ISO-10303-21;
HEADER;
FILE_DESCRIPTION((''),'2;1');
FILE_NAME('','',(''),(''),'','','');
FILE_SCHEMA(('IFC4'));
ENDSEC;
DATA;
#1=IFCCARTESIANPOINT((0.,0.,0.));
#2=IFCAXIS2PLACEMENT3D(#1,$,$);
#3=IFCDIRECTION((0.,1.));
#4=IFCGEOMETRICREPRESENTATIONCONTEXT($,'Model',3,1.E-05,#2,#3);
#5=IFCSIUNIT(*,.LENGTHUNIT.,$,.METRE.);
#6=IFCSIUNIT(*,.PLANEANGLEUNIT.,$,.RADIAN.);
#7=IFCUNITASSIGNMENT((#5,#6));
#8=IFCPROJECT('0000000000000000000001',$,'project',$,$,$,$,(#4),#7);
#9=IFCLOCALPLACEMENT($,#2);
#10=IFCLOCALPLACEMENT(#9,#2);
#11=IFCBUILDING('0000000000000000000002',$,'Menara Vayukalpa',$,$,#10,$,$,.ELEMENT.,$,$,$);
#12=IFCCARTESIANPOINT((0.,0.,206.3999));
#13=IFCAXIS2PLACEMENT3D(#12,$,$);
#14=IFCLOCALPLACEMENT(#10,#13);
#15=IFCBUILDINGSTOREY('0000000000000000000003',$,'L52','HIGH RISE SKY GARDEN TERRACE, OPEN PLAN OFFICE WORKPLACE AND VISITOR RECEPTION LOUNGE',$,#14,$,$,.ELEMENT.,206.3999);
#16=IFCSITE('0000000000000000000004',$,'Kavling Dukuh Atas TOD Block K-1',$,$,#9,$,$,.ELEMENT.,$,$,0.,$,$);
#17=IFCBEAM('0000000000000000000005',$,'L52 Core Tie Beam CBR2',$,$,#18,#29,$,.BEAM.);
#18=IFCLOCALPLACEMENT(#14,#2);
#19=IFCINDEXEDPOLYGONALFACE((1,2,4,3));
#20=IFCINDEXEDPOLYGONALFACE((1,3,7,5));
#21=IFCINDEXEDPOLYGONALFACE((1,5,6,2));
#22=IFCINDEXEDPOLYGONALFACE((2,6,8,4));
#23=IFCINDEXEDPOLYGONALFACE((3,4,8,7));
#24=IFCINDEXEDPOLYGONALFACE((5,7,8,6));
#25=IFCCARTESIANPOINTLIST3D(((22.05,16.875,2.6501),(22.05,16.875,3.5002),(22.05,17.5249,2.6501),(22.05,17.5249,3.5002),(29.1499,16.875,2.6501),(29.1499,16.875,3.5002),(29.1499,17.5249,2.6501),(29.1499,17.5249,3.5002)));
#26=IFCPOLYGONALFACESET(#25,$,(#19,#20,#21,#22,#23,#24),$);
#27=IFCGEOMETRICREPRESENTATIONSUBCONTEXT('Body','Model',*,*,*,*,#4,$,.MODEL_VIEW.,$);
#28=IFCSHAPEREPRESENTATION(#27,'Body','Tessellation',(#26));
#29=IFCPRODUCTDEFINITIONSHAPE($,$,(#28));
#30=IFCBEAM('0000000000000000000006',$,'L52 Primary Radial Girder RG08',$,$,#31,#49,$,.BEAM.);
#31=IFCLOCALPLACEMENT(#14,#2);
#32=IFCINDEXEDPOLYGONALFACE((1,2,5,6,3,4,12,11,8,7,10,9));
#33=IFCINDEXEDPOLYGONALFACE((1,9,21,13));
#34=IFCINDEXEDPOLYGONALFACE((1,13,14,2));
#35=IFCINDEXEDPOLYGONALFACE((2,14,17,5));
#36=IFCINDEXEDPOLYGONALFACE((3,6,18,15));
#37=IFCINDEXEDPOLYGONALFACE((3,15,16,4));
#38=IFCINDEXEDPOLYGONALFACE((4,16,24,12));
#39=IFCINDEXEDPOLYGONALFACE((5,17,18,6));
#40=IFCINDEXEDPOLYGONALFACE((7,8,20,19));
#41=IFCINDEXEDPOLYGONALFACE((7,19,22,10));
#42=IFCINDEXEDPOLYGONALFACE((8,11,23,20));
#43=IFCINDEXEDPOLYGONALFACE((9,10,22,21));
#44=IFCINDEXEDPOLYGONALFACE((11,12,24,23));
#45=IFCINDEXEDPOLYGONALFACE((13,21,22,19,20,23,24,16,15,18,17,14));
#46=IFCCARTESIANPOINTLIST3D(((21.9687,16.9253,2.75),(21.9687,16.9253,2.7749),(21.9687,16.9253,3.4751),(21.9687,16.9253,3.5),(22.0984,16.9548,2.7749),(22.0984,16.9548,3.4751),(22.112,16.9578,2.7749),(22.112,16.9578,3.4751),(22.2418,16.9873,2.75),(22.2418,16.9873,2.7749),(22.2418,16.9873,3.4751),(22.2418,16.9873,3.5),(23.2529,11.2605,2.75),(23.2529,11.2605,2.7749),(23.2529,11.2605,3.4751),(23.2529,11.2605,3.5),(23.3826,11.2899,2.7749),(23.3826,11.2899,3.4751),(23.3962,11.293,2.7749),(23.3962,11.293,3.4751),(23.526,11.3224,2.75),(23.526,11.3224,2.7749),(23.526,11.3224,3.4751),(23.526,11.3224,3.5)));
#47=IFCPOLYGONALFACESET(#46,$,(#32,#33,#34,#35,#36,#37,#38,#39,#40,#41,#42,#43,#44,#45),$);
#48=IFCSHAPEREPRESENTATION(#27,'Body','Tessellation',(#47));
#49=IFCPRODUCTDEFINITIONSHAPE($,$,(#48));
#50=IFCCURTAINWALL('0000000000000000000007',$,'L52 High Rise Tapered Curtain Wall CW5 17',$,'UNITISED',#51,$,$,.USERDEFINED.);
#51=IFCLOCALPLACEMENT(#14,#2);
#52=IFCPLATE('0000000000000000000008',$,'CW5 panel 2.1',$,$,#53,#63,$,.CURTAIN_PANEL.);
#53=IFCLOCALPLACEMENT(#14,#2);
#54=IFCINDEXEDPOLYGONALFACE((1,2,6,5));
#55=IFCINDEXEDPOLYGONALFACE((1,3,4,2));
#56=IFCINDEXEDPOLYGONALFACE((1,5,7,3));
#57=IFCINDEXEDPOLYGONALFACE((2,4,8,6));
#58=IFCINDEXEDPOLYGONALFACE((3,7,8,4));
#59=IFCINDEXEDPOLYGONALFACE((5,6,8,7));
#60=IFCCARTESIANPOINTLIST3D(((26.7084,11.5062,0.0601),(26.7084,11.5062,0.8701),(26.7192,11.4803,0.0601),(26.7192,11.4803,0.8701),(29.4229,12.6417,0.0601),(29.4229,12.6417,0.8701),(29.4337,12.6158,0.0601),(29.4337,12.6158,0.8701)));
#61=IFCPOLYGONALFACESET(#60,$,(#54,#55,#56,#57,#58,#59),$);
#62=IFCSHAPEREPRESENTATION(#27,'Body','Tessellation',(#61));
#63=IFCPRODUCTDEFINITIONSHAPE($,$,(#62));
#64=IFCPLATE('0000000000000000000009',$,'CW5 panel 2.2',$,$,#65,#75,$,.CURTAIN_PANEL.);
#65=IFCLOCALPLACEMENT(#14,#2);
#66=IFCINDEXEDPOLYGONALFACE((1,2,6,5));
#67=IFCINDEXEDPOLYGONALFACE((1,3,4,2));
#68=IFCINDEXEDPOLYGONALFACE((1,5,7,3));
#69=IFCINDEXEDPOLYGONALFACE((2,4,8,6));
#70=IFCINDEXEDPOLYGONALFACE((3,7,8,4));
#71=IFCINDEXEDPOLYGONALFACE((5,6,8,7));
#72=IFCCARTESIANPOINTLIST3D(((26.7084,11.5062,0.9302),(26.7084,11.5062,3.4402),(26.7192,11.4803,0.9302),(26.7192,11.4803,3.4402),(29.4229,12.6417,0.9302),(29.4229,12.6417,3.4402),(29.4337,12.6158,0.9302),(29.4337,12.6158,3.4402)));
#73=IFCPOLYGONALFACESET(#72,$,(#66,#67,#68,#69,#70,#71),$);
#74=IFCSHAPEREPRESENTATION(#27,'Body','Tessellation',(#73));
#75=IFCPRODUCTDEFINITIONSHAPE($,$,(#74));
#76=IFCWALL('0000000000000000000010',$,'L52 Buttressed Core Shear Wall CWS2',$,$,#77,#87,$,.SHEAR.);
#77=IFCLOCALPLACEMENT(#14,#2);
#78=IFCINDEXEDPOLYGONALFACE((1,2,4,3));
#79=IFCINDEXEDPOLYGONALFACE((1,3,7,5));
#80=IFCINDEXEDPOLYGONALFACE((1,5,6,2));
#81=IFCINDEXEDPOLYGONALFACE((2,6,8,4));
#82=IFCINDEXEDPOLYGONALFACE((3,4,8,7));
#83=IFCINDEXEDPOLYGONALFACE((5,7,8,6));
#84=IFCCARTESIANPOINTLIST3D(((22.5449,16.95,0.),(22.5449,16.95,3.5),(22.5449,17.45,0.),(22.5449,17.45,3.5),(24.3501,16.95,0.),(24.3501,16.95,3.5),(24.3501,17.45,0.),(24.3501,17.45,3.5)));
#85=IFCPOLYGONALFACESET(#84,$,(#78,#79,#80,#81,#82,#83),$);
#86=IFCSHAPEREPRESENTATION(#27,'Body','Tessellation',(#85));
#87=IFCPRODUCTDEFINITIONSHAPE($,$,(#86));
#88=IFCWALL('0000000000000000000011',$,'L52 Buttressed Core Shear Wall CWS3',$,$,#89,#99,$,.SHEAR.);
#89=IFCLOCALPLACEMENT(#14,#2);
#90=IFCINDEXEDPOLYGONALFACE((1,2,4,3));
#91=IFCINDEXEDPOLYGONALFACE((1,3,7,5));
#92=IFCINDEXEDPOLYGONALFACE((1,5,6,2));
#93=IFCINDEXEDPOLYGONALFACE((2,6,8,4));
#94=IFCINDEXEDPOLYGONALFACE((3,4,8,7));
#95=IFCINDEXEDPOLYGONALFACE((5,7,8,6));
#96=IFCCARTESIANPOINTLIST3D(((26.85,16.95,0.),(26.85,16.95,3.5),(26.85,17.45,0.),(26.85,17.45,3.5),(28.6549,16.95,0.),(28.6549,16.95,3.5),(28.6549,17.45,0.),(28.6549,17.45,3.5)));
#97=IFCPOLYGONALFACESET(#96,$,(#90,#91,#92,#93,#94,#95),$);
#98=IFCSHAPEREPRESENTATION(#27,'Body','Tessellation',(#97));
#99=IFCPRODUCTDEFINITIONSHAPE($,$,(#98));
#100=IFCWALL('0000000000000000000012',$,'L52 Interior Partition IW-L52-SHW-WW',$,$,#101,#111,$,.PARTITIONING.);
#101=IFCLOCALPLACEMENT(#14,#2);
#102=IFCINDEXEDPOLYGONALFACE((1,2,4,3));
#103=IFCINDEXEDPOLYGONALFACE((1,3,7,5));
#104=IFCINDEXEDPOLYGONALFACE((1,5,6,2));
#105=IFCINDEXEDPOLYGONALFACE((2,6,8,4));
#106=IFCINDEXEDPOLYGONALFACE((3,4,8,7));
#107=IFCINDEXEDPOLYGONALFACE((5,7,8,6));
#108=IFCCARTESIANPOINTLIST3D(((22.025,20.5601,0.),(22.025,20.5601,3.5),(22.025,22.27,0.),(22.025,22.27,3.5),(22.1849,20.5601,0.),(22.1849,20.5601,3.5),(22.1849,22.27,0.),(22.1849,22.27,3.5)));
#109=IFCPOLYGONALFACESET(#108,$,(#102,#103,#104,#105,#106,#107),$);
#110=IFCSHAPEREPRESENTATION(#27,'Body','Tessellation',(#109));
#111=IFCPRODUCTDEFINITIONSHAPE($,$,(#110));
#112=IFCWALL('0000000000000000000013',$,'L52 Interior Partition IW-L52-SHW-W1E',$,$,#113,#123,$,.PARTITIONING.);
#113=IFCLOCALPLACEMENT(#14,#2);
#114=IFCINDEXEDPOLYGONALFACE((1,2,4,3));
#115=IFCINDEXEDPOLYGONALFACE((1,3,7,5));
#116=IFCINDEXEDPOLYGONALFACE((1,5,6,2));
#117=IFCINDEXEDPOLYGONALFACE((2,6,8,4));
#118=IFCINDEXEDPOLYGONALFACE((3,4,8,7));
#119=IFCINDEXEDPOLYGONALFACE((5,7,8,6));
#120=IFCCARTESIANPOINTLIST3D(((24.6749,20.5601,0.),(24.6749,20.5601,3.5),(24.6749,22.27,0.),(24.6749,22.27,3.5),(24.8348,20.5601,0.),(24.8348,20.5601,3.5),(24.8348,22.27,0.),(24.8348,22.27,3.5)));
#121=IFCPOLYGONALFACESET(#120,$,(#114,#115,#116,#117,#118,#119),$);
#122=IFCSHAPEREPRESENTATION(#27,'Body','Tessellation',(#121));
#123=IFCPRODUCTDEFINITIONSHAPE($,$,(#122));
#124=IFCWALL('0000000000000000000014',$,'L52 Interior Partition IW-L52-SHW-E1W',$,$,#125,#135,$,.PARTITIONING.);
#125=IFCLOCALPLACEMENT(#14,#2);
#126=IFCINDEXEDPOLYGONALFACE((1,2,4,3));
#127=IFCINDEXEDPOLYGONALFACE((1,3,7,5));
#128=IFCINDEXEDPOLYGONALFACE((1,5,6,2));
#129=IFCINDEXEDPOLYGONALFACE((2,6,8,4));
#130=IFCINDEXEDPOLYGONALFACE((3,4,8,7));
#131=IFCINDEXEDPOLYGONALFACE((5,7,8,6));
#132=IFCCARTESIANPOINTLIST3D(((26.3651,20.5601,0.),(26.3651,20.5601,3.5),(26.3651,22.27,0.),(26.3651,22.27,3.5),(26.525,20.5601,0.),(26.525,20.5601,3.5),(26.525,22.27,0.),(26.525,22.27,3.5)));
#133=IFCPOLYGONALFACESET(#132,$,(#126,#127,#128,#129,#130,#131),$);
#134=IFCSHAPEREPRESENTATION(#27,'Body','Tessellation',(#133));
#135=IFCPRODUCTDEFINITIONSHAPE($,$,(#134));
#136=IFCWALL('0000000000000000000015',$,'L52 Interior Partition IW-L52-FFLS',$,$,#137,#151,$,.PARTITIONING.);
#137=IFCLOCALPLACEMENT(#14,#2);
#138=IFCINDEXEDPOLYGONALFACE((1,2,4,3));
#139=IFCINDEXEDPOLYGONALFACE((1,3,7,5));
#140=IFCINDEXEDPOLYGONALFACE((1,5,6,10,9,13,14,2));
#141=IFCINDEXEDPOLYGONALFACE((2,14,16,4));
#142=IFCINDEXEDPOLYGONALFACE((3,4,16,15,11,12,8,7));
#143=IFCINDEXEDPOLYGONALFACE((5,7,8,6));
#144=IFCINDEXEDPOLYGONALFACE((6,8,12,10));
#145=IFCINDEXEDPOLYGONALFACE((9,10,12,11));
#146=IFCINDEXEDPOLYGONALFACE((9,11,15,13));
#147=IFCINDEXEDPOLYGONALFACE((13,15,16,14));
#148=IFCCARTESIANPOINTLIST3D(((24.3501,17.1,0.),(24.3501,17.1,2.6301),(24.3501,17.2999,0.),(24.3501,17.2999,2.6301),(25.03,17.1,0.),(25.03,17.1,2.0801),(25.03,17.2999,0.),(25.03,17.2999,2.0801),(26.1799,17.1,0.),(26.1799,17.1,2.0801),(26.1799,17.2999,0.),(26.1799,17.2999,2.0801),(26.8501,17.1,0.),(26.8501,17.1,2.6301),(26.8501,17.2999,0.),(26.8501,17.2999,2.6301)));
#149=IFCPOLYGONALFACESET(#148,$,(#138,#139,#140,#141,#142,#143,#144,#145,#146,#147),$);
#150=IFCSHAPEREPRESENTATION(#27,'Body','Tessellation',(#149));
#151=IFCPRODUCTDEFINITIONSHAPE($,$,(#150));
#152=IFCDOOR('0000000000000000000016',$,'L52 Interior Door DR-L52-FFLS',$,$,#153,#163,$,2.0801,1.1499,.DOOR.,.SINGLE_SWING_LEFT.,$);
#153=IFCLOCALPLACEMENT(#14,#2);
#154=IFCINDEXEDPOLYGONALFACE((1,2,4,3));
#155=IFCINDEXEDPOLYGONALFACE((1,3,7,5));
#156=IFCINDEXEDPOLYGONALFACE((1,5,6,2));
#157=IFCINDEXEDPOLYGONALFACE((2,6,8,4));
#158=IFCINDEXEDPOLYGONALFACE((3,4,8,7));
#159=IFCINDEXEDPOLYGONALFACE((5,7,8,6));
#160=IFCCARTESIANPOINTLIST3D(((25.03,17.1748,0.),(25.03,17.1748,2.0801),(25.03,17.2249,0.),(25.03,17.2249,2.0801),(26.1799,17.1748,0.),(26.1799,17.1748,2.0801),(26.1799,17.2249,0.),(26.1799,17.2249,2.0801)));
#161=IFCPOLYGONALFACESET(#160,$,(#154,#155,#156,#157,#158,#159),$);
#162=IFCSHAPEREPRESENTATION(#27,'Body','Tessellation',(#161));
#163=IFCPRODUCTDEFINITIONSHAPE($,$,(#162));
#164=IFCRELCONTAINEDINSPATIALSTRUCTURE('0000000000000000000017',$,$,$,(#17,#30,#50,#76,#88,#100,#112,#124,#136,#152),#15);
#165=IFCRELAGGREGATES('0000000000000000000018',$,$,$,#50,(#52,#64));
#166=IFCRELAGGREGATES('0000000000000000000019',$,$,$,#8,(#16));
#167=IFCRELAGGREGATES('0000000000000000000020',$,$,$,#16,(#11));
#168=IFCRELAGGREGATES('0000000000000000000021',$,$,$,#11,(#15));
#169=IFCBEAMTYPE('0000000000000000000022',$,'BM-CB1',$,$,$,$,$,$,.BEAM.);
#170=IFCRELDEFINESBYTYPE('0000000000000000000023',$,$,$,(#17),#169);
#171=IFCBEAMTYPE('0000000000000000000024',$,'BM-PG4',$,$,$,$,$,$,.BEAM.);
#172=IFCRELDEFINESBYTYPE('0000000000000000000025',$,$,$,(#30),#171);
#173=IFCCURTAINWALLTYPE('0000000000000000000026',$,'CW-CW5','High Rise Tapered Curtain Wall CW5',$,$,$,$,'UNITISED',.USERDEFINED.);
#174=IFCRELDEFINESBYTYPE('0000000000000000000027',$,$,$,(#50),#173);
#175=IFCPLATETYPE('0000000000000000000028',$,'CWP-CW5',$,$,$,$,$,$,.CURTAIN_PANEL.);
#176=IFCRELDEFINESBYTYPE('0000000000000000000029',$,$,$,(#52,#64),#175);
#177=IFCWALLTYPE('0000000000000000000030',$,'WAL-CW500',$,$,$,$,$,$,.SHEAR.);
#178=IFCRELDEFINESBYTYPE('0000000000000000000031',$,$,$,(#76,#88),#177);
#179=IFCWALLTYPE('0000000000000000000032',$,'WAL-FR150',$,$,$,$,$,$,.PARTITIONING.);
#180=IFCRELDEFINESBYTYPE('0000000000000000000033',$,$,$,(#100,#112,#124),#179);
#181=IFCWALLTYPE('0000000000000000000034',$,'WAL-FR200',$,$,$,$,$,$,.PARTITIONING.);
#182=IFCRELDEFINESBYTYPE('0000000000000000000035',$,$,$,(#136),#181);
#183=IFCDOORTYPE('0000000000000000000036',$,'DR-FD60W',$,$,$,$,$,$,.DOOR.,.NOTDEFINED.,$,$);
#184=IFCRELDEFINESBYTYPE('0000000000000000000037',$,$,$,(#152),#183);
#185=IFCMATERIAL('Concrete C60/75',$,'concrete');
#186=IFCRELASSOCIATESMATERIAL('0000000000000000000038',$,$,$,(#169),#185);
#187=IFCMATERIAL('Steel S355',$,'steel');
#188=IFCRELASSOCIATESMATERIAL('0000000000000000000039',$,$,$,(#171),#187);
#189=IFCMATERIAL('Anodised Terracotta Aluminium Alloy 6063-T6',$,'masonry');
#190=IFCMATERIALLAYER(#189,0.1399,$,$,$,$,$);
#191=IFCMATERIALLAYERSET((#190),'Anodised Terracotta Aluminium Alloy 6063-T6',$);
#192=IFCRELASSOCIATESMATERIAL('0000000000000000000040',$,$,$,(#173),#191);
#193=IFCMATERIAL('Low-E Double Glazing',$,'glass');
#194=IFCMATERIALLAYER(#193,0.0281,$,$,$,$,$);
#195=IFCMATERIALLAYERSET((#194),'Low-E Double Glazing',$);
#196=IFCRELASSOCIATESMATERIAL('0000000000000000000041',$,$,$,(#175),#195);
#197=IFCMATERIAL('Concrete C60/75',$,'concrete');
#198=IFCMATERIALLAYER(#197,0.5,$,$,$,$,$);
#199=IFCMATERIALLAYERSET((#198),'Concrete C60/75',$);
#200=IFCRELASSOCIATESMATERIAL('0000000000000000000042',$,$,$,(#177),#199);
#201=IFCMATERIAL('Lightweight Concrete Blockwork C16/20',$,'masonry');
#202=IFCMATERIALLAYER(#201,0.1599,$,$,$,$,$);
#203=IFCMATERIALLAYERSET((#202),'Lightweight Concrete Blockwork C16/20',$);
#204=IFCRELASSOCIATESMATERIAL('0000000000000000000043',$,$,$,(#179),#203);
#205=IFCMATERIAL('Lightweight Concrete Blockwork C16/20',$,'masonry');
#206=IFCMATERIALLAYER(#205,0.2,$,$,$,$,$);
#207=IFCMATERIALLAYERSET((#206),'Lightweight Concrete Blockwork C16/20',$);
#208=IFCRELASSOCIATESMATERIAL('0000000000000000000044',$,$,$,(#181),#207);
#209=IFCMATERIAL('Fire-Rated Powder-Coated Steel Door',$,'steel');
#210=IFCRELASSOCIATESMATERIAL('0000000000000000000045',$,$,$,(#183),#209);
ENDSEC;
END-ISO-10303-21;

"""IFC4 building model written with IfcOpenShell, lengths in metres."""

from ifc_helpers import new_model, si_unit, direction, frame, frame_2d, origin, origin_2d, place, context, subcontext, project, spatial, rectangle, i_section, extrude, material, layer, layer_set, material_profile, profile_set, type_object, element, fill, aggregate, save


model = new_model("IFC4")

# Units and contexts
model_context = context("Model", 3, precision=1e-05, world=origin(), true_north=direction((0.0, 1.0)))
body_context = subcontext(model_context, "Body", "Model", "MODEL_VIEW")
ifc_project = project(units=[si_unit("LENGTHUNIT", "METRE"), si_unit("PLANEANGLEUNIT", "RADIAN")], contexts=[model_context])

# Site, building, storey
site_placement = place(None, origin())
site = spatial("IfcSite", under=ifc_project, at=site_placement, Name="Kavling Dukuh Atas TOD Block K-1", CompositionType="ELEMENT", RefElevation=0.0)
building_placement = place(site_placement, origin())
building = spatial("IfcBuilding", under=site, at=building_placement, Name="Menara Vayukalpa", CompositionType="ELEMENT")
storey_placement = place(building_placement, frame((0.0, 0.0, 206.3999)))
storey = spatial("IfcBuildingStorey", under=building, at=storey_placement, Name="L52", Description="HIGH RISE SKY GARDEN TERRACE, OPEN PLAN OFFICE WORKPLACE AND VISITOR RECEPTION LOUNGE", CompositionType="ELEMENT", Elevation=206.3999)

# Beams
ifc_material_1 = material(Name="Concrete C60/75", Category="concrete")
ifc_material_profile_1 = material_profile(ifc_material_1, rectangle(XDim=0.6499, YDim=0.8501, at=origin_2d()), Name="RC 650x850")
ifc_profile_set_1 = profile_set([ifc_material_profile_1], Name="Concrete C60/75")
beam_type_1 = type_object("IfcBeamType", Name="BM-CB1", PredefinedType="BEAM", material=ifc_profile_set_1)
beam_1_placement = place(storey_placement, frame((22.05, 17.2, 3.0752), z_axis=(1.0, 0.0, 0.0), x_axis=(0.0, 1.0, 0.0)))
element("IfcBeam", 1, at=beam_1_placement, inside=storey, type_object=beam_type_1, Name="L52 Core Tie Beam CBR2", PredefinedType="BEAM", context=body_context, shape_type="SweptSolid", body=[
    extrude(rectangle(XDim=0.6499, YDim=0.8501, at=origin_2d()), origin(), (0.0, 0.0, 1.0), 7.0999),
])
ifc_material_2 = material(Name="Steel S355", Category="steel")
ifc_material_profile_2 = material_profile(ifc_material_2, i_section(OverallWidth=0.28, OverallDepth=0.75, WebThickness=0.0139, FlangeThickness=0.0249, at=origin_2d()), Name="WF 750x280x14x25")
ifc_profile_set_2 = profile_set([ifc_material_profile_2], Name="Steel S355")
beam_type_2 = type_object("IfcBeamType", Name="BM-PG4", PredefinedType="BEAM", material=ifc_profile_set_2)
beam_2_placement = place(storey_placement, frame((22.1052, 16.9563, 3.125), z_axis=(0.221085, -0.975255, 0.0), x_axis=(0.975255, 0.221085, 0.0)))
element("IfcBeam", 2, at=beam_2_placement, inside=storey, type_object=beam_type_2, Name="L52 Primary Radial Girder RG08", PredefinedType="BEAM", context=body_context, shape_type="SweptSolid", body=[
    extrude(i_section(OverallWidth=0.28, OverallDepth=0.75, WebThickness=0.0139, FlangeThickness=0.0249, at=origin_2d()), origin(), (0.0, 0.0, 1.0), 5.8086),
])

# Curtain wall, plates
ifc_material_3 = material(Name="Anodised Terracotta Aluminium Alloy 6063-T6", Category="masonry")
ifc_layer_1 = layer(ifc_material_3, 0.1399)
ifc_layer_set_1 = layer_set([ifc_layer_1], Name="Anodised Terracotta Aluminium Alloy 6063-T6")
curtain_wall_type = type_object("IfcCurtainWallType", Name="CW-CW5", Description="High Rise Tapered Curtain Wall CW5", ElementType="UNITISED", PredefinedType="USERDEFINED", material=ifc_layer_set_1)
curtain_wall_placement = place(storey_placement, origin())
curtain_wall = element("IfcCurtainWall", 3, at=curtain_wall_placement, inside=storey, type_object=curtain_wall_type, Name="L52 High Rise Tapered Curtain Wall CW5 17", ObjectType="UNITISED", PredefinedType="USERDEFINED")
ifc_material_4 = material(Name="Low-E Double Glazing", Category="glass")
ifc_layer_2 = layer(ifc_material_4, 0.0281)
ifc_layer_set_2 = layer_set([ifc_layer_2], Name="Low-E Double Glazing")
plate_type = type_object("IfcPlateType", Name="CWP-CW5", PredefinedType="CURTAIN_PANEL", material=ifc_layer_set_2)
plate_1_placement = place(storey_placement, frame((28.071, 12.061, 0.0601), z_axis=(0.0, 0.0, 1.0), x_axis=(0.922539, 0.385903, 0.0)))
plate_1 = element("IfcPlate", 4, at=plate_1_placement, type_object=plate_type, Name="CW5 panel 2.1", PredefinedType="CURTAIN_PANEL", context=body_context, shape_type="SweptSolid", body=[
    extrude(rectangle(XDim=2.9424, YDim=0.0281, at=origin_2d()), origin(), (0.0, 0.0, 1.0), 0.8101),
])
plate_2_placement = place(storey_placement, frame((28.071, 12.061, 0.9302), z_axis=(0.0, 0.0, 1.0), x_axis=(0.922539, 0.385903, 0.0)))
plate_2 = element("IfcPlate", 5, at=plate_2_placement, type_object=plate_type, Name="CW5 panel 2.2", PredefinedType="CURTAIN_PANEL", context=body_context, shape_type="SweptSolid", body=[
    extrude(rectangle(XDim=2.9424, YDim=0.0281, at=origin_2d()), origin(), (0.0, 0.0, 1.0), 2.51),
])
aggregate(curtain_wall, [plate_1, plate_2])

# Walls
ifc_material_5 = material(Name="Concrete C60/75", Category="concrete")
ifc_layer_3 = layer(ifc_material_5, 0.5)
ifc_layer_set_3 = layer_set([ifc_layer_3], Name="Concrete C60/75")
wall_type_1 = type_object("IfcWallType", Name="WAL-CW500", PredefinedType="SHEAR", material=ifc_layer_set_3)
wall_1_placement = place(storey_placement, frame((22.5449, 17.2, 0.0), z_axis=(0.0, 0.0, 1.0), x_axis=(1.0, 0.0, 0.0)))
element("IfcWall", 6, at=wall_1_placement, inside=storey, type_object=wall_type_1, Name="L52 Buttressed Core Shear Wall CWS2", PredefinedType="SHEAR", context=body_context, shape_type="SweptSolid", body=[
    extrude(rectangle(XDim=1.8052, YDim=0.5, at=frame_2d((0.9026, 0.0))), origin(), (0.0, 0.0, 1.0), 3.5),
])
wall_2_placement = place(storey_placement, frame((26.8501, 17.2, 0.0), z_axis=(0.0, 0.0, 1.0), x_axis=(1.0, 0.0, 0.0)))
element("IfcWall", 7, at=wall_2_placement, inside=storey, type_object=wall_type_1, Name="L52 Buttressed Core Shear Wall CWS3", PredefinedType="SHEAR", context=body_context, shape_type="SweptSolid", body=[
    extrude(rectangle(XDim=1.8049, YDim=0.5, at=frame_2d((0.9023, 0.0))), origin(), (0.0, 0.0, 1.0), 3.5),
])
ifc_material_6 = material(Name="Lightweight Concrete Blockwork C16/20", Category="masonry")
ifc_layer_4 = layer(ifc_material_6, 0.1599)
ifc_layer_set_4 = layer_set([ifc_layer_4], Name="Lightweight Concrete Blockwork C16/20")
wall_type_2 = type_object("IfcWallType", Name="WAL-FR150", PredefinedType="PARTITIONING", material=ifc_layer_set_4)
for number, where, z_axis, x_axis, name in (
    (8, (22.105, 20.5601, 0.0), (0.0, 0.0, 1.0), (0.0, 1.0, 0.0), "L52 Interior Partition IW-L52-SHW-WW"),
    (9, (24.7549, 20.5601, 0.0), (0.0, 0.0, 1.0), (0.0, 1.0, 0.0), "L52 Interior Partition IW-L52-SHW-W1E"),
    (10, (26.4451, 20.5601, 0.0), (0.0, 0.0, 1.0), (0.0, 1.0, 0.0), "L52 Interior Partition IW-L52-SHW-E1W"),
):
    element("IfcWall", number, at=place(storey_placement, frame(where, z_axis=z_axis, x_axis=x_axis)), inside=storey, type_object=wall_type_2, Name=name, PredefinedType="PARTITIONING", context=body_context, shape_type="SweptSolid", body=[
        extrude(rectangle(XDim=1.71, YDim=0.1599, at=frame_2d((0.855, 0.0))), origin(), (0.0, 0.0, 1.0), 3.5),
    ])

# Wall, opening, door
ifc_material_7 = material(Name="Lightweight Concrete Blockwork C16/20", Category="masonry")
ifc_layer_5 = layer(ifc_material_7, 0.2)
ifc_layer_set_5 = layer_set([ifc_layer_5], Name="Lightweight Concrete Blockwork C16/20")
wall_type_3 = type_object("IfcWallType", Name="WAL-FR200", PredefinedType="PARTITIONING", material=ifc_layer_set_5)
wall_3_placement = place(storey_placement, frame((24.3501, 17.2, 0.0), z_axis=(0.0, 0.0, 1.0), x_axis=(1.0, 0.0, 0.0)))
wall_3 = element("IfcWall", 11, at=wall_3_placement, inside=storey, type_object=wall_type_3, Name="L52 Interior Partition IW-L52-FFLS", PredefinedType="PARTITIONING", context=body_context, shape_type="SweptSolid", body=[
    extrude(rectangle(XDim=2.5, YDim=0.2, at=frame_2d((1.25, 0.0))), origin(), (0.0, 0.0, 1.0), 2.6301),
])
opening_1_placement = place(wall_3_placement, frame((0.6799, 0.0, 0.0)))
opening_1 = element("IfcOpeningElement", 12, at=opening_1_placement, cuts=wall_3, PredefinedType="OPENING", context=body_context, shape_type="SweptSolid", body=[
    extrude(rectangle(XDim=1.1499, YDim=2.0801, at=frame_2d((0.575, 1.04))), frame((0.0, 0.1099, 0.0), z_axis=(0.0, -1.0, 0.0), x_axis=(1.0, 0.0, 0.0)), (0.0, 0.0, 1.0), 0.22),
])
ifc_material_8 = material(Name="Fire-Rated Powder-Coated Steel Door", Category="steel")
door_type_1 = type_object("IfcDoorType", Name="DR-FD60W", OperationType="NOTDEFINED", PredefinedType="DOOR", material=ifc_material_8)
door_1_placement = place(opening_1_placement, origin())
door_1 = element("IfcDoor", 13, at=door_1_placement, inside=storey, type_object=door_type_1, Name="L52 Interior Door DR-L52-FFLS", OperationType="SINGLE_SWING_LEFT", OverallHeight=2.0801, OverallWidth=1.1499, PredefinedType="DOOR", context=body_context, shape_type="SweptSolid", body=[
    extrude(rectangle(XDim=1.1499, YDim=2.0801, at=frame_2d((0.575, 1.04))), frame((0.0, 0.0249, 0.0), z_axis=(0.0, -1.0, 0.0), x_axis=(1.0, 0.0, 0.0)), (0.0, 0.0, 1.0), 0.05),
])
fill(opening_1, door_1)

save(model, "model.ifc")
